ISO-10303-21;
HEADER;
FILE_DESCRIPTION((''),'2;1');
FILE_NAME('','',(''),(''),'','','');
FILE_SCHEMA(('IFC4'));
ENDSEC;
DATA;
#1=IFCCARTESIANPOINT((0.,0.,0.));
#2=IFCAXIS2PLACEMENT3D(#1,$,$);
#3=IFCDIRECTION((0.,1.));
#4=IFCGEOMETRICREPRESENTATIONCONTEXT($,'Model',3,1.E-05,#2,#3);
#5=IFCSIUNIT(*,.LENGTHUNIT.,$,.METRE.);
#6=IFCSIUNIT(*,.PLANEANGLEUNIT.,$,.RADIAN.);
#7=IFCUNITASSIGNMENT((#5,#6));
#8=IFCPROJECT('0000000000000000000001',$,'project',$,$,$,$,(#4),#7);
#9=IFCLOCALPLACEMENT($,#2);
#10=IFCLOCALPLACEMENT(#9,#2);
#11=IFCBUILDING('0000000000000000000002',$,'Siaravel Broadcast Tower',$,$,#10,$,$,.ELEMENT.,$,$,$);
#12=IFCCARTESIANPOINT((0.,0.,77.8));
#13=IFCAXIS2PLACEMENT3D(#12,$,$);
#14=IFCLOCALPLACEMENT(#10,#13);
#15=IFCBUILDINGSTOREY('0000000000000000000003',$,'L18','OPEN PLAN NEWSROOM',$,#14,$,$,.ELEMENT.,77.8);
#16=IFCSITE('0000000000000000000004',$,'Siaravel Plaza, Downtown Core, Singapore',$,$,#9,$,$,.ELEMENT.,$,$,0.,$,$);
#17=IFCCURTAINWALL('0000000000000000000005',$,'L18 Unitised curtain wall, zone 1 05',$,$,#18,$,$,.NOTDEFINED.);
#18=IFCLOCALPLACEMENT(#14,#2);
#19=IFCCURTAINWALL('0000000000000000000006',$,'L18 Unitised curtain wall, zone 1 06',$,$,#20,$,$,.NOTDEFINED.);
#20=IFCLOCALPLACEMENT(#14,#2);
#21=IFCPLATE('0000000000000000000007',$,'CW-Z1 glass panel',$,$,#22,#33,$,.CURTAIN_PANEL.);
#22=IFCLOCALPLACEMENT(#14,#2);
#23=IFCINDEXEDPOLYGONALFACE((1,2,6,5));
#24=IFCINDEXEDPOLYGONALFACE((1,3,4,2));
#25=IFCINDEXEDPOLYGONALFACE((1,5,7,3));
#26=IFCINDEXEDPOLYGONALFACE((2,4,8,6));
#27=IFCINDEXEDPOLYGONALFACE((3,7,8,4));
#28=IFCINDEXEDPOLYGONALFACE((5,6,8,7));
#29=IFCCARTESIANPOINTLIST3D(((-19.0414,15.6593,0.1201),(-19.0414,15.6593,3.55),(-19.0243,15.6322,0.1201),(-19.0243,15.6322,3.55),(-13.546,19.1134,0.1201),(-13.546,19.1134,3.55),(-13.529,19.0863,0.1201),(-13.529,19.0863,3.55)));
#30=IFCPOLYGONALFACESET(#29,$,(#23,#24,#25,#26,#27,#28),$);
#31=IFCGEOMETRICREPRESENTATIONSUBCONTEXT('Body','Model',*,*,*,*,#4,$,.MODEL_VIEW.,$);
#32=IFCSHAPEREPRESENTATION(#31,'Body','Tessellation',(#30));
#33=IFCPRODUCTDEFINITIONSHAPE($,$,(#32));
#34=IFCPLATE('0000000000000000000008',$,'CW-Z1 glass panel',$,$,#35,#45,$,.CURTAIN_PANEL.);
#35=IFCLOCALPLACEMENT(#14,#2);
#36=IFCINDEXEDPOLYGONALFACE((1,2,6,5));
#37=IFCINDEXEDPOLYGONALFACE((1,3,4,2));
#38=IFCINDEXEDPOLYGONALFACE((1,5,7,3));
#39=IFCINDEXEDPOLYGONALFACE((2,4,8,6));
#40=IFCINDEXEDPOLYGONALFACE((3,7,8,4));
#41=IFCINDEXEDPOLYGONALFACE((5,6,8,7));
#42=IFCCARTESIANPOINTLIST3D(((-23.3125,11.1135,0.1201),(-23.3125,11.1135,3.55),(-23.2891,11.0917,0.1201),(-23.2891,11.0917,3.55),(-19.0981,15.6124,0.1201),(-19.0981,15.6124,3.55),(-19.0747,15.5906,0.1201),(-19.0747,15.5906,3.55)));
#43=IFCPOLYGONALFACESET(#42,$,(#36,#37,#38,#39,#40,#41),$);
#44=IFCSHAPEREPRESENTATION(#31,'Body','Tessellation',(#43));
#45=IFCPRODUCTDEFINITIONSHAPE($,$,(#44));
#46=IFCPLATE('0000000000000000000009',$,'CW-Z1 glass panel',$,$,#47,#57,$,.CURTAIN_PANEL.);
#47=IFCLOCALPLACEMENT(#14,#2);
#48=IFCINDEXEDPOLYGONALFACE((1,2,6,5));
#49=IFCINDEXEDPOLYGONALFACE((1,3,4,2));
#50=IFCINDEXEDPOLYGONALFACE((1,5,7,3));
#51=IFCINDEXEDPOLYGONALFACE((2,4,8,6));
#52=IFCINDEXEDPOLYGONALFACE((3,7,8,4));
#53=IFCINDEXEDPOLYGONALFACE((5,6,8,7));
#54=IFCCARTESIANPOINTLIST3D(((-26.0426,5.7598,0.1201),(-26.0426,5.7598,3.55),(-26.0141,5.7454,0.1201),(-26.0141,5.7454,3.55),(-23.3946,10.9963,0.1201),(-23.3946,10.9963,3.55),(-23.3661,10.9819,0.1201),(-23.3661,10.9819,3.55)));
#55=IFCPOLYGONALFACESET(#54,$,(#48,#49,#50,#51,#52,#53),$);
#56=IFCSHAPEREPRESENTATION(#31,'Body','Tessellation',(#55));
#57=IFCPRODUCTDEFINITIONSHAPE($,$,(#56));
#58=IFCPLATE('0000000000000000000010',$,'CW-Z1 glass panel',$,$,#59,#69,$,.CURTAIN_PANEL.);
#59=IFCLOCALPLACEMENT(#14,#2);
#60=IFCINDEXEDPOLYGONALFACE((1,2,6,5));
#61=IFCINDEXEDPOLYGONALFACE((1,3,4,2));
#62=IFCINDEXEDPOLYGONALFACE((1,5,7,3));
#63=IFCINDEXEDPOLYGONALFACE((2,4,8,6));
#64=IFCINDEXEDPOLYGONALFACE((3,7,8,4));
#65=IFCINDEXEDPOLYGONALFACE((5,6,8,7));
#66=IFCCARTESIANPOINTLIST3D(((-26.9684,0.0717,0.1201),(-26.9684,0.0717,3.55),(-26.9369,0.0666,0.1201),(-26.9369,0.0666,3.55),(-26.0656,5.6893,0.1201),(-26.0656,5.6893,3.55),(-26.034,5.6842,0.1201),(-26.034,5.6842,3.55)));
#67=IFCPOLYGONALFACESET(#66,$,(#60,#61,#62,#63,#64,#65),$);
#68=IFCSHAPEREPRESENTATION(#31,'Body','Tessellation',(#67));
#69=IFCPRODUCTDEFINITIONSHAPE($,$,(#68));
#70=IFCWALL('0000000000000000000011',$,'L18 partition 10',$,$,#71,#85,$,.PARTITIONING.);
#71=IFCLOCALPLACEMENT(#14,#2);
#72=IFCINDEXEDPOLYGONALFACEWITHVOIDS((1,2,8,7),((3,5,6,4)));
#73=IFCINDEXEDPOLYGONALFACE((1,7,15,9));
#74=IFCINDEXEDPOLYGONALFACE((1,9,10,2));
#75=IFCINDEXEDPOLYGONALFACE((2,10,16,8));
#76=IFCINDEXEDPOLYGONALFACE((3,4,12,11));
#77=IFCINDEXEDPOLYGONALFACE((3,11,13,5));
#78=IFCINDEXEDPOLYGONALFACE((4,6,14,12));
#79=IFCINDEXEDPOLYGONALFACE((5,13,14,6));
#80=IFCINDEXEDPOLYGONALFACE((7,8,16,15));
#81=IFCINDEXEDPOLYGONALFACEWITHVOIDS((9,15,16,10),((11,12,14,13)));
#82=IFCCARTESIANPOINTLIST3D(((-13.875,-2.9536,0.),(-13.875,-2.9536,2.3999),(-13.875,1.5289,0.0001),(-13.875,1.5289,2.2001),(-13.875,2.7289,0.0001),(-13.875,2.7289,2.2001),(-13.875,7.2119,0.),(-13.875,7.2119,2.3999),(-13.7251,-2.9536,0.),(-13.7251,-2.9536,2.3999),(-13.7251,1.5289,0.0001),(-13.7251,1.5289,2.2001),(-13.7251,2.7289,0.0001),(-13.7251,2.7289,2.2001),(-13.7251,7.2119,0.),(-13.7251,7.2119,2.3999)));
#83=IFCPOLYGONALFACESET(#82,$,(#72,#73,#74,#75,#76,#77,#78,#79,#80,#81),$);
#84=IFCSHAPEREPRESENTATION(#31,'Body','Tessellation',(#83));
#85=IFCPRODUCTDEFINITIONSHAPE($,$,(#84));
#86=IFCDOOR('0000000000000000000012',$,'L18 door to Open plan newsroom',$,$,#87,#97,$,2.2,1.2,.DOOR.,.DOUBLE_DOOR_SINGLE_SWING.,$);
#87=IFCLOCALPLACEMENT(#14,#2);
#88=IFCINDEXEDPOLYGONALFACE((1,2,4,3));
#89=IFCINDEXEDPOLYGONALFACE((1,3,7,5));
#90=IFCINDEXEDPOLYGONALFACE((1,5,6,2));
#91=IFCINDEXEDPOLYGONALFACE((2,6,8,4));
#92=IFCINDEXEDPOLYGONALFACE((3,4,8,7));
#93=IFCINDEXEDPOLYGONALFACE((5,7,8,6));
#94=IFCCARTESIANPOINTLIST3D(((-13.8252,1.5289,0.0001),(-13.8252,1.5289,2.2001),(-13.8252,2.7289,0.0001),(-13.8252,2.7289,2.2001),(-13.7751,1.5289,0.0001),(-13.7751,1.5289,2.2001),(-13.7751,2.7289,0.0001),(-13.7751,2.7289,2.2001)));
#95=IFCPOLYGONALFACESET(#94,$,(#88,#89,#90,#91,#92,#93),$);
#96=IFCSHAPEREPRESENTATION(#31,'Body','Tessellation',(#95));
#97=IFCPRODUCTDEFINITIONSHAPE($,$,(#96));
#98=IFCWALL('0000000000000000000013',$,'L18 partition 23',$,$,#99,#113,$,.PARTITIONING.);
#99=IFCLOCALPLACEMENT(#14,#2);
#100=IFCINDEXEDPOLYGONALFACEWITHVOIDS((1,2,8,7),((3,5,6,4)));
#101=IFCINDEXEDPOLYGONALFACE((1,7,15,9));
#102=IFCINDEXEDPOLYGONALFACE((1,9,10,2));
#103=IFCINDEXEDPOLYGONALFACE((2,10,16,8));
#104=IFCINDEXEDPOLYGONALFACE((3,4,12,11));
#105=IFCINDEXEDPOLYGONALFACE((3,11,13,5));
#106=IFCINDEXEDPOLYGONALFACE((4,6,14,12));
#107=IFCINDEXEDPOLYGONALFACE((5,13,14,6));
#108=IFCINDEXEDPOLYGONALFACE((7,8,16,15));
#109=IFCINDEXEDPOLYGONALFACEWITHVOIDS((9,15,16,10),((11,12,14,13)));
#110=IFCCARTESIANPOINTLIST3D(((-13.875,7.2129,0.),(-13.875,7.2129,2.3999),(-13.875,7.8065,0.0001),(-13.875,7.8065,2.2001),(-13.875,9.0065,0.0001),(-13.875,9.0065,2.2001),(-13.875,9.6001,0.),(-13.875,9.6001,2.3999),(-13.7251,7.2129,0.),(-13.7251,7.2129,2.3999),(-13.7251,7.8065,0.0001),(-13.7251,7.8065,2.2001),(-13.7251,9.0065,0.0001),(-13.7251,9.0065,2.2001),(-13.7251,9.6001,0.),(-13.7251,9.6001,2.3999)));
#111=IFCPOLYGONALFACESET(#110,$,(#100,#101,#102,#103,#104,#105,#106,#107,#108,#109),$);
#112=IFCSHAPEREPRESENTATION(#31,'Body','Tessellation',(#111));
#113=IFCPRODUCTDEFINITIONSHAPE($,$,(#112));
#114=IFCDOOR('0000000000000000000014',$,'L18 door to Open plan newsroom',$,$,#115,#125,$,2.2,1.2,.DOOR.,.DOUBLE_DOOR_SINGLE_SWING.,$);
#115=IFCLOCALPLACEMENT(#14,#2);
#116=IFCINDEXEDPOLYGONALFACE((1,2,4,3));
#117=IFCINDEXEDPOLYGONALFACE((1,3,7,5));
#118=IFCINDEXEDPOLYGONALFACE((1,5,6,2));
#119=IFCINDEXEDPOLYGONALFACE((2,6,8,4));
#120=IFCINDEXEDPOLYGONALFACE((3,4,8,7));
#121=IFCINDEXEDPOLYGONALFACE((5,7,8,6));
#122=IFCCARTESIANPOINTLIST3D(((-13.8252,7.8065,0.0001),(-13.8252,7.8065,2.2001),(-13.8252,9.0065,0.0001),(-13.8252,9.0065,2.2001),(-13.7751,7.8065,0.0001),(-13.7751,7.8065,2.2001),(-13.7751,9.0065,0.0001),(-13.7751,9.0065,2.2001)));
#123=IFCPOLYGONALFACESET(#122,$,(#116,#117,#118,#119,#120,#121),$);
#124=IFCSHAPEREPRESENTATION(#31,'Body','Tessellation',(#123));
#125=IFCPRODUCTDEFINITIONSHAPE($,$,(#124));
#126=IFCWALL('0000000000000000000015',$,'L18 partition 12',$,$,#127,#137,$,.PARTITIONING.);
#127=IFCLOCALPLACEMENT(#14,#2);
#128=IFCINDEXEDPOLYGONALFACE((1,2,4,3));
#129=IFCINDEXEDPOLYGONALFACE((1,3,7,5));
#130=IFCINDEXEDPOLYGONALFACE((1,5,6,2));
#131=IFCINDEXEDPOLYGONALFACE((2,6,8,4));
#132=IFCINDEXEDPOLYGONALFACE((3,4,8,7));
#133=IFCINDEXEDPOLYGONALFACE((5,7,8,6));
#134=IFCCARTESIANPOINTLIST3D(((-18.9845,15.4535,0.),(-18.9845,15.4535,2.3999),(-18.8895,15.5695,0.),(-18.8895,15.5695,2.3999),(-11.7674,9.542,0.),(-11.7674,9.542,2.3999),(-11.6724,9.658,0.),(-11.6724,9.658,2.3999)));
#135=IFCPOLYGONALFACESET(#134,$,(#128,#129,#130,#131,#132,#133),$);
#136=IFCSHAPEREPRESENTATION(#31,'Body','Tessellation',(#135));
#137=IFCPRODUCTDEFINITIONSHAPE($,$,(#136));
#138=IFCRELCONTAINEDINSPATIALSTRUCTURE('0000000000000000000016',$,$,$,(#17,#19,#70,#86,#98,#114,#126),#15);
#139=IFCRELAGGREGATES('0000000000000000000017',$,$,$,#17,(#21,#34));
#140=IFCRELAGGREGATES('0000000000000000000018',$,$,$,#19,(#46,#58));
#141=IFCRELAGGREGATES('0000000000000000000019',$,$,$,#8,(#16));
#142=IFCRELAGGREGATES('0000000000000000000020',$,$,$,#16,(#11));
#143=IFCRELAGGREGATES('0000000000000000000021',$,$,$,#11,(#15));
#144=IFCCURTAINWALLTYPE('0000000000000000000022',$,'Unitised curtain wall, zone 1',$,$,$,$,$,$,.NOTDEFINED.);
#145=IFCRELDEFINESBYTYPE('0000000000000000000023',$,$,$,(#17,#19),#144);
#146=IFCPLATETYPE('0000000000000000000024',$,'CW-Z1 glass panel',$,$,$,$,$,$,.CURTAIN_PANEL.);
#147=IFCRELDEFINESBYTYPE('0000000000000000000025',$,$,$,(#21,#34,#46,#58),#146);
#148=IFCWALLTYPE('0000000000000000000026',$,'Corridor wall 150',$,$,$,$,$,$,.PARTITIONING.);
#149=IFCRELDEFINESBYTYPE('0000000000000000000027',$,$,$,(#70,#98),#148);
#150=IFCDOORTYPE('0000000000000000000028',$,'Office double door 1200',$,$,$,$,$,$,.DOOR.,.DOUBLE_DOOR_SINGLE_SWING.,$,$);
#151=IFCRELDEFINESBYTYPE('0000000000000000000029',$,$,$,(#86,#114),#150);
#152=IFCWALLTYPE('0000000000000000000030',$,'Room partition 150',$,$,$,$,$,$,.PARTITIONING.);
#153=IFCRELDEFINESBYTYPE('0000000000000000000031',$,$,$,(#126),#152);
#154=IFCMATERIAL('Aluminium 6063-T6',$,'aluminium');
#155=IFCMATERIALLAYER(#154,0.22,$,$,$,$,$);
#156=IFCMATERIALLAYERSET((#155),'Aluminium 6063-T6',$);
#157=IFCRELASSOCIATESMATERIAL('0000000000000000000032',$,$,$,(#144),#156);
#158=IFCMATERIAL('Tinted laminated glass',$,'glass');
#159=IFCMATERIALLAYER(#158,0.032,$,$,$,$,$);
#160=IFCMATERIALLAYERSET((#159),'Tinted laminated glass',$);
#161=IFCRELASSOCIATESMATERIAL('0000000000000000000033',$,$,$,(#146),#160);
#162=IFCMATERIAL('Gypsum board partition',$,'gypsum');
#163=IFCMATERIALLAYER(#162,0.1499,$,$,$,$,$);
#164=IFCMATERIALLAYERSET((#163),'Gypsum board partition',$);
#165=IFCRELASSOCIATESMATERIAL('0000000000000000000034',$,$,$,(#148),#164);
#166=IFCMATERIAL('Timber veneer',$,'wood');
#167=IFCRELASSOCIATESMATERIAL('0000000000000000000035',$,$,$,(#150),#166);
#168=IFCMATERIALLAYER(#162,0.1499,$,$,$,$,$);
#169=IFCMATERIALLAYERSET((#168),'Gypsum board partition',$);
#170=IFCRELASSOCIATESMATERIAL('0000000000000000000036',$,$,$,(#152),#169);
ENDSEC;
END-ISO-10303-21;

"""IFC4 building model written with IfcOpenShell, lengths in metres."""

from ifc_helpers import new_model, si_unit, direction, frame, frame_2d, origin, origin_2d, place, context, subcontext, project, spatial, rectangle, extrude, material, layer, layer_set, type_object, element, fill, aggregate, save


model = new_model("IFC4")

# Units and contexts
model_context = context("Model", 3, precision=1e-05, world=origin(), true_north=direction((0.0, 1.0)))
body_context = subcontext(model_context, "Body", "Model", "MODEL_VIEW")
ifc_project = project(units=[si_unit("LENGTHUNIT", "METRE"), si_unit("PLANEANGLEUNIT", "RADIAN")], contexts=[model_context])

# Site, building, storey
site_placement = place(None, origin())
site = spatial("IfcSite", under=ifc_project, at=site_placement, Name="Siaravel Plaza, Downtown Core, Singapore", CompositionType="ELEMENT", RefElevation=0.0)
building_placement = place(site_placement, origin())
building = spatial("IfcBuilding", under=site, at=building_placement, Name="Siaravel Broadcast Tower", CompositionType="ELEMENT")
storey_placement = place(building_placement, frame((0.0, 0.0, 77.8)))
storey = spatial("IfcBuildingStorey", under=building, at=storey_placement, Name="L18", Description="OPEN PLAN NEWSROOM", CompositionType="ELEMENT", Elevation=77.8)

# Curtain walls
ifc_material_1 = material(Name="Aluminium 6063-T6", Category="aluminium")
ifc_layer_1 = layer(ifc_material_1, 0.22)
ifc_layer_set_1 = layer_set([ifc_layer_1], Name="Aluminium 6063-T6")
curtain_wall_type = type_object("IfcCurtainWallType", Name="Unitised curtain wall, zone 1", PredefinedType="NOTDEFINED", material=ifc_layer_set_1)
curtain_wall_1_placement = place(storey_placement, origin())
curtain_wall_1 = element("IfcCurtainWall", 1, at=curtain_wall_1_placement, inside=storey, type_object=curtain_wall_type, Name="L18 Unitised curtain wall, zone 1 05", PredefinedType="NOTDEFINED")
curtain_wall_2_placement = place(storey_placement, origin())
curtain_wall_2 = element("IfcCurtainWall", 2, at=curtain_wall_2_placement, inside=storey, type_object=curtain_wall_type, Name="L18 Unitised curtain wall, zone 1 06", PredefinedType="NOTDEFINED")

# Plates
ifc_material_2 = material(Name="Tinted laminated glass", Category="glass")
ifc_layer_2 = layer(ifc_material_2, 0.032)
ifc_layer_set_2 = layer_set([ifc_layer_2], Name="Tinted laminated glass")
plate_type = type_object("IfcPlateType", Name="CW-Z1 glass panel", PredefinedType="CURTAIN_PANEL", material=ifc_layer_set_2)
plate_1_placement = place(storey_placement, frame((-16.2852, 17.3728, 0.1201), z_axis=(0.0, 0.0, 1.0), x_axis=(-0.84665, -0.53215, 0.0)))
plate_1 = element("IfcPlate", 3, at=plate_1_placement, type_object=plate_type, Name="CW-Z1 glass panel", PredefinedType="CURTAIN_PANEL", context=body_context, shape_type="SweptSolid", body=[
    extrude(rectangle(XDim=6.4907, YDim=0.032, at=origin_2d()), origin(), (0.0, 0.0, 1.0), 3.4299),
])
plate_2_placement = place(storey_placement, frame((-21.1936, 13.3521, 0.1201), z_axis=(0.0, 0.0, 1.0), x_axis=(-0.683655, -0.729806, 0.0)))
plate_2 = element("IfcPlate", 4, at=plate_2_placement, type_object=plate_type, Name="CW-Z1 glass panel", PredefinedType="CURTAIN_PANEL", context=body_context, shape_type="SweptSolid", body=[
    extrude(rectangle(XDim=6.1646, YDim=0.032, at=origin_2d()), origin(), (0.0, 0.0, 1.0), 3.4299),
])
aggregate(curtain_wall_1, [plate_1, plate_2])
plate_3_placement = place(storey_placement, frame((-24.7043, 8.3708, 0.1201), z_axis=(0.0, 0.0, 1.0), x_axis=(-0.451261, -0.892392, 0.0)))
plate_3 = element("IfcPlate", 5, at=plate_3_placement, type_object=plate_type, Name="CW-Z1 glass panel", PredefinedType="CURTAIN_PANEL", context=body_context, shape_type="SweptSolid", body=[
    extrude(rectangle(XDim=5.8679, YDim=0.032, at=origin_2d()), origin(), (0.0, 0.0, 1.0), 3.4299),
])
plate_4_placement = place(storey_placement, frame((-26.5012, 2.8779, 0.1201), z_axis=(0.0, 0.0, 1.0), x_axis=(-0.158685, -0.987329, 0.0)))
plate_4 = element("IfcPlate", 6, at=plate_4_placement, type_object=plate_type, Name="CW-Z1 glass panel", PredefinedType="CURTAIN_PANEL", context=body_context, shape_type="SweptSolid", body=[
    extrude(rectangle(XDim=5.6897, YDim=0.032, at=origin_2d()), origin(), (0.0, 0.0, 1.0), 3.4299),
])
aggregate(curtain_wall_2, [plate_3, plate_4])

# Walls, openings, doors
ifc_material_3 = material(Name="Gypsum board partition", Category="gypsum")
ifc_layer_3 = layer(ifc_material_3, 0.1499)
ifc_layer_set_3 = layer_set([ifc_layer_3], Name="Gypsum board partition")
wall_type_1 = type_object("IfcWallType", Name="Corridor wall 150", PredefinedType="PARTITIONING", material=ifc_layer_set_3)
wall_1_placement = place(storey_placement, frame((-13.8, 7.2119, 0.0), z_axis=(0.0, 0.0, 1.0), x_axis=(0.0, -1.0, 0.0)))
wall_1 = element("IfcWall", 7, at=wall_1_placement, inside=storey, type_object=wall_type_1, Name="L18 partition 10", PredefinedType="PARTITIONING", context=body_context, shape_type="SweptSolid", body=[
    extrude(rectangle(XDim=10.1655, YDim=0.1499, at=frame_2d((5.0828, 0.0))), origin(), (0.0, 0.0, 1.0), 2.3999),
])
opening_1_placement = place(wall_1_placement, frame((4.4829, 0.0, 0.0)))
opening_1 = element("IfcOpeningElement", 8, at=opening_1_placement, cuts=wall_1, PredefinedType="OPENING", context=body_context, shape_type="SweptSolid", body=[
    extrude(rectangle(XDim=1.2, YDim=2.2, at=frame_2d((0.6001, 1.1001))), frame((0.0, 0.085, 0.0), z_axis=(0.0, -1.0, 0.0), x_axis=(1.0, 0.0, 0.0)), (0.0, 0.0, 1.0), 0.1699),
])
ifc_material_4 = material(Name="Timber veneer", Category="wood")
door_type = type_object("IfcDoorType", Name="Office double door 1200", OperationType="DOUBLE_DOOR_SINGLE_SWING", PredefinedType="DOOR", material=ifc_material_4)
door_1_placement = place(opening_1_placement, origin())
door_1 = element("IfcDoor", 9, at=door_1_placement, inside=storey, type_object=door_type, Name="L18 door to Open plan newsroom", OperationType="DOUBLE_DOOR_SINGLE_SWING", OverallHeight=2.2, OverallWidth=1.2, PredefinedType="DOOR", context=body_context, shape_type="SweptSolid", body=[
    extrude(rectangle(XDim=1.2, YDim=2.2, at=frame_2d((0.6001, 1.1001))), frame((0.0, 0.0249, 0.0), z_axis=(0.0, -1.0, 0.0), x_axis=(1.0, 0.0, 0.0)), (0.0, 0.0, 1.0), 0.05),
])
fill(opening_1, door_1)
wall_2_placement = place(storey_placement, frame((-13.8, 9.6001, 0.0), z_axis=(0.0, 0.0, 1.0), x_axis=(0.0, -1.0, 0.0)))
wall_2 = element("IfcWall", 10, at=wall_2_placement, inside=storey, type_object=wall_type_1, Name="L18 partition 23", PredefinedType="PARTITIONING", context=body_context, shape_type="SweptSolid", body=[
    extrude(rectangle(XDim=2.3872, YDim=0.1499, at=frame_2d((1.1936, 0.0))), origin(), (0.0, 0.0, 1.0), 2.3999),
])
opening_2_placement = place(wall_2_placement, frame((0.5935, 0.0, 0.0)))
opening_2 = element("IfcOpeningElement", 11, at=opening_2_placement, cuts=wall_2, PredefinedType="OPENING", context=body_context, shape_type="SweptSolid", body=[
    extrude(rectangle(XDim=1.2, YDim=2.2, at=frame_2d((0.6001, 1.1001))), frame((0.0, 0.085, 0.0), z_axis=(0.0, -1.0, 0.0), x_axis=(1.0, 0.0, 0.0)), (0.0, 0.0, 1.0), 0.1699),
])
door_2_placement = place(opening_2_placement, origin())
door_2 = element("IfcDoor", 12, at=door_2_placement, inside=storey, type_object=door_type, Name="L18 door to Open plan newsroom", OperationType="DOUBLE_DOOR_SINGLE_SWING", OverallHeight=2.2, OverallWidth=1.2, PredefinedType="DOOR", context=body_context, shape_type="SweptSolid", body=[
    extrude(rectangle(XDim=1.2, YDim=2.2, at=frame_2d((0.6001, 1.1001))), frame((0.0, 0.0249, 0.0), z_axis=(0.0, -1.0, 0.0), x_axis=(1.0, 0.0, 0.0)), (0.0, 0.0, 1.0), 0.05),
])
fill(opening_2, door_2)

# Wall
ifc_layer_4 = layer(ifc_material_3, 0.1499)
ifc_layer_set_4 = layer_set([ifc_layer_4], Name="Gypsum board partition")
wall_type_2 = type_object("IfcWallType", Name="Room partition 150", PredefinedType="PARTITIONING", material=ifc_layer_set_4)
wall_3_placement = place(storey_placement, frame((-18.937, 15.5115, 0.0), z_axis=(0.0, 0.0, 1.0), x_axis=(0.773614, -0.633657, 0.0)))
element("IfcWall", 13, at=wall_3_placement, inside=storey, type_object=wall_type_2, Name="L18 partition 12", PredefinedType="PARTITIONING", context=body_context, shape_type="SweptSolid", body=[
    extrude(rectangle(XDim=9.3291, YDim=0.1499, at=frame_2d((4.6646, 0.0))), origin(), (0.0, 0.0, 1.0), 2.3999),
])

save(model, "model.ifc")
